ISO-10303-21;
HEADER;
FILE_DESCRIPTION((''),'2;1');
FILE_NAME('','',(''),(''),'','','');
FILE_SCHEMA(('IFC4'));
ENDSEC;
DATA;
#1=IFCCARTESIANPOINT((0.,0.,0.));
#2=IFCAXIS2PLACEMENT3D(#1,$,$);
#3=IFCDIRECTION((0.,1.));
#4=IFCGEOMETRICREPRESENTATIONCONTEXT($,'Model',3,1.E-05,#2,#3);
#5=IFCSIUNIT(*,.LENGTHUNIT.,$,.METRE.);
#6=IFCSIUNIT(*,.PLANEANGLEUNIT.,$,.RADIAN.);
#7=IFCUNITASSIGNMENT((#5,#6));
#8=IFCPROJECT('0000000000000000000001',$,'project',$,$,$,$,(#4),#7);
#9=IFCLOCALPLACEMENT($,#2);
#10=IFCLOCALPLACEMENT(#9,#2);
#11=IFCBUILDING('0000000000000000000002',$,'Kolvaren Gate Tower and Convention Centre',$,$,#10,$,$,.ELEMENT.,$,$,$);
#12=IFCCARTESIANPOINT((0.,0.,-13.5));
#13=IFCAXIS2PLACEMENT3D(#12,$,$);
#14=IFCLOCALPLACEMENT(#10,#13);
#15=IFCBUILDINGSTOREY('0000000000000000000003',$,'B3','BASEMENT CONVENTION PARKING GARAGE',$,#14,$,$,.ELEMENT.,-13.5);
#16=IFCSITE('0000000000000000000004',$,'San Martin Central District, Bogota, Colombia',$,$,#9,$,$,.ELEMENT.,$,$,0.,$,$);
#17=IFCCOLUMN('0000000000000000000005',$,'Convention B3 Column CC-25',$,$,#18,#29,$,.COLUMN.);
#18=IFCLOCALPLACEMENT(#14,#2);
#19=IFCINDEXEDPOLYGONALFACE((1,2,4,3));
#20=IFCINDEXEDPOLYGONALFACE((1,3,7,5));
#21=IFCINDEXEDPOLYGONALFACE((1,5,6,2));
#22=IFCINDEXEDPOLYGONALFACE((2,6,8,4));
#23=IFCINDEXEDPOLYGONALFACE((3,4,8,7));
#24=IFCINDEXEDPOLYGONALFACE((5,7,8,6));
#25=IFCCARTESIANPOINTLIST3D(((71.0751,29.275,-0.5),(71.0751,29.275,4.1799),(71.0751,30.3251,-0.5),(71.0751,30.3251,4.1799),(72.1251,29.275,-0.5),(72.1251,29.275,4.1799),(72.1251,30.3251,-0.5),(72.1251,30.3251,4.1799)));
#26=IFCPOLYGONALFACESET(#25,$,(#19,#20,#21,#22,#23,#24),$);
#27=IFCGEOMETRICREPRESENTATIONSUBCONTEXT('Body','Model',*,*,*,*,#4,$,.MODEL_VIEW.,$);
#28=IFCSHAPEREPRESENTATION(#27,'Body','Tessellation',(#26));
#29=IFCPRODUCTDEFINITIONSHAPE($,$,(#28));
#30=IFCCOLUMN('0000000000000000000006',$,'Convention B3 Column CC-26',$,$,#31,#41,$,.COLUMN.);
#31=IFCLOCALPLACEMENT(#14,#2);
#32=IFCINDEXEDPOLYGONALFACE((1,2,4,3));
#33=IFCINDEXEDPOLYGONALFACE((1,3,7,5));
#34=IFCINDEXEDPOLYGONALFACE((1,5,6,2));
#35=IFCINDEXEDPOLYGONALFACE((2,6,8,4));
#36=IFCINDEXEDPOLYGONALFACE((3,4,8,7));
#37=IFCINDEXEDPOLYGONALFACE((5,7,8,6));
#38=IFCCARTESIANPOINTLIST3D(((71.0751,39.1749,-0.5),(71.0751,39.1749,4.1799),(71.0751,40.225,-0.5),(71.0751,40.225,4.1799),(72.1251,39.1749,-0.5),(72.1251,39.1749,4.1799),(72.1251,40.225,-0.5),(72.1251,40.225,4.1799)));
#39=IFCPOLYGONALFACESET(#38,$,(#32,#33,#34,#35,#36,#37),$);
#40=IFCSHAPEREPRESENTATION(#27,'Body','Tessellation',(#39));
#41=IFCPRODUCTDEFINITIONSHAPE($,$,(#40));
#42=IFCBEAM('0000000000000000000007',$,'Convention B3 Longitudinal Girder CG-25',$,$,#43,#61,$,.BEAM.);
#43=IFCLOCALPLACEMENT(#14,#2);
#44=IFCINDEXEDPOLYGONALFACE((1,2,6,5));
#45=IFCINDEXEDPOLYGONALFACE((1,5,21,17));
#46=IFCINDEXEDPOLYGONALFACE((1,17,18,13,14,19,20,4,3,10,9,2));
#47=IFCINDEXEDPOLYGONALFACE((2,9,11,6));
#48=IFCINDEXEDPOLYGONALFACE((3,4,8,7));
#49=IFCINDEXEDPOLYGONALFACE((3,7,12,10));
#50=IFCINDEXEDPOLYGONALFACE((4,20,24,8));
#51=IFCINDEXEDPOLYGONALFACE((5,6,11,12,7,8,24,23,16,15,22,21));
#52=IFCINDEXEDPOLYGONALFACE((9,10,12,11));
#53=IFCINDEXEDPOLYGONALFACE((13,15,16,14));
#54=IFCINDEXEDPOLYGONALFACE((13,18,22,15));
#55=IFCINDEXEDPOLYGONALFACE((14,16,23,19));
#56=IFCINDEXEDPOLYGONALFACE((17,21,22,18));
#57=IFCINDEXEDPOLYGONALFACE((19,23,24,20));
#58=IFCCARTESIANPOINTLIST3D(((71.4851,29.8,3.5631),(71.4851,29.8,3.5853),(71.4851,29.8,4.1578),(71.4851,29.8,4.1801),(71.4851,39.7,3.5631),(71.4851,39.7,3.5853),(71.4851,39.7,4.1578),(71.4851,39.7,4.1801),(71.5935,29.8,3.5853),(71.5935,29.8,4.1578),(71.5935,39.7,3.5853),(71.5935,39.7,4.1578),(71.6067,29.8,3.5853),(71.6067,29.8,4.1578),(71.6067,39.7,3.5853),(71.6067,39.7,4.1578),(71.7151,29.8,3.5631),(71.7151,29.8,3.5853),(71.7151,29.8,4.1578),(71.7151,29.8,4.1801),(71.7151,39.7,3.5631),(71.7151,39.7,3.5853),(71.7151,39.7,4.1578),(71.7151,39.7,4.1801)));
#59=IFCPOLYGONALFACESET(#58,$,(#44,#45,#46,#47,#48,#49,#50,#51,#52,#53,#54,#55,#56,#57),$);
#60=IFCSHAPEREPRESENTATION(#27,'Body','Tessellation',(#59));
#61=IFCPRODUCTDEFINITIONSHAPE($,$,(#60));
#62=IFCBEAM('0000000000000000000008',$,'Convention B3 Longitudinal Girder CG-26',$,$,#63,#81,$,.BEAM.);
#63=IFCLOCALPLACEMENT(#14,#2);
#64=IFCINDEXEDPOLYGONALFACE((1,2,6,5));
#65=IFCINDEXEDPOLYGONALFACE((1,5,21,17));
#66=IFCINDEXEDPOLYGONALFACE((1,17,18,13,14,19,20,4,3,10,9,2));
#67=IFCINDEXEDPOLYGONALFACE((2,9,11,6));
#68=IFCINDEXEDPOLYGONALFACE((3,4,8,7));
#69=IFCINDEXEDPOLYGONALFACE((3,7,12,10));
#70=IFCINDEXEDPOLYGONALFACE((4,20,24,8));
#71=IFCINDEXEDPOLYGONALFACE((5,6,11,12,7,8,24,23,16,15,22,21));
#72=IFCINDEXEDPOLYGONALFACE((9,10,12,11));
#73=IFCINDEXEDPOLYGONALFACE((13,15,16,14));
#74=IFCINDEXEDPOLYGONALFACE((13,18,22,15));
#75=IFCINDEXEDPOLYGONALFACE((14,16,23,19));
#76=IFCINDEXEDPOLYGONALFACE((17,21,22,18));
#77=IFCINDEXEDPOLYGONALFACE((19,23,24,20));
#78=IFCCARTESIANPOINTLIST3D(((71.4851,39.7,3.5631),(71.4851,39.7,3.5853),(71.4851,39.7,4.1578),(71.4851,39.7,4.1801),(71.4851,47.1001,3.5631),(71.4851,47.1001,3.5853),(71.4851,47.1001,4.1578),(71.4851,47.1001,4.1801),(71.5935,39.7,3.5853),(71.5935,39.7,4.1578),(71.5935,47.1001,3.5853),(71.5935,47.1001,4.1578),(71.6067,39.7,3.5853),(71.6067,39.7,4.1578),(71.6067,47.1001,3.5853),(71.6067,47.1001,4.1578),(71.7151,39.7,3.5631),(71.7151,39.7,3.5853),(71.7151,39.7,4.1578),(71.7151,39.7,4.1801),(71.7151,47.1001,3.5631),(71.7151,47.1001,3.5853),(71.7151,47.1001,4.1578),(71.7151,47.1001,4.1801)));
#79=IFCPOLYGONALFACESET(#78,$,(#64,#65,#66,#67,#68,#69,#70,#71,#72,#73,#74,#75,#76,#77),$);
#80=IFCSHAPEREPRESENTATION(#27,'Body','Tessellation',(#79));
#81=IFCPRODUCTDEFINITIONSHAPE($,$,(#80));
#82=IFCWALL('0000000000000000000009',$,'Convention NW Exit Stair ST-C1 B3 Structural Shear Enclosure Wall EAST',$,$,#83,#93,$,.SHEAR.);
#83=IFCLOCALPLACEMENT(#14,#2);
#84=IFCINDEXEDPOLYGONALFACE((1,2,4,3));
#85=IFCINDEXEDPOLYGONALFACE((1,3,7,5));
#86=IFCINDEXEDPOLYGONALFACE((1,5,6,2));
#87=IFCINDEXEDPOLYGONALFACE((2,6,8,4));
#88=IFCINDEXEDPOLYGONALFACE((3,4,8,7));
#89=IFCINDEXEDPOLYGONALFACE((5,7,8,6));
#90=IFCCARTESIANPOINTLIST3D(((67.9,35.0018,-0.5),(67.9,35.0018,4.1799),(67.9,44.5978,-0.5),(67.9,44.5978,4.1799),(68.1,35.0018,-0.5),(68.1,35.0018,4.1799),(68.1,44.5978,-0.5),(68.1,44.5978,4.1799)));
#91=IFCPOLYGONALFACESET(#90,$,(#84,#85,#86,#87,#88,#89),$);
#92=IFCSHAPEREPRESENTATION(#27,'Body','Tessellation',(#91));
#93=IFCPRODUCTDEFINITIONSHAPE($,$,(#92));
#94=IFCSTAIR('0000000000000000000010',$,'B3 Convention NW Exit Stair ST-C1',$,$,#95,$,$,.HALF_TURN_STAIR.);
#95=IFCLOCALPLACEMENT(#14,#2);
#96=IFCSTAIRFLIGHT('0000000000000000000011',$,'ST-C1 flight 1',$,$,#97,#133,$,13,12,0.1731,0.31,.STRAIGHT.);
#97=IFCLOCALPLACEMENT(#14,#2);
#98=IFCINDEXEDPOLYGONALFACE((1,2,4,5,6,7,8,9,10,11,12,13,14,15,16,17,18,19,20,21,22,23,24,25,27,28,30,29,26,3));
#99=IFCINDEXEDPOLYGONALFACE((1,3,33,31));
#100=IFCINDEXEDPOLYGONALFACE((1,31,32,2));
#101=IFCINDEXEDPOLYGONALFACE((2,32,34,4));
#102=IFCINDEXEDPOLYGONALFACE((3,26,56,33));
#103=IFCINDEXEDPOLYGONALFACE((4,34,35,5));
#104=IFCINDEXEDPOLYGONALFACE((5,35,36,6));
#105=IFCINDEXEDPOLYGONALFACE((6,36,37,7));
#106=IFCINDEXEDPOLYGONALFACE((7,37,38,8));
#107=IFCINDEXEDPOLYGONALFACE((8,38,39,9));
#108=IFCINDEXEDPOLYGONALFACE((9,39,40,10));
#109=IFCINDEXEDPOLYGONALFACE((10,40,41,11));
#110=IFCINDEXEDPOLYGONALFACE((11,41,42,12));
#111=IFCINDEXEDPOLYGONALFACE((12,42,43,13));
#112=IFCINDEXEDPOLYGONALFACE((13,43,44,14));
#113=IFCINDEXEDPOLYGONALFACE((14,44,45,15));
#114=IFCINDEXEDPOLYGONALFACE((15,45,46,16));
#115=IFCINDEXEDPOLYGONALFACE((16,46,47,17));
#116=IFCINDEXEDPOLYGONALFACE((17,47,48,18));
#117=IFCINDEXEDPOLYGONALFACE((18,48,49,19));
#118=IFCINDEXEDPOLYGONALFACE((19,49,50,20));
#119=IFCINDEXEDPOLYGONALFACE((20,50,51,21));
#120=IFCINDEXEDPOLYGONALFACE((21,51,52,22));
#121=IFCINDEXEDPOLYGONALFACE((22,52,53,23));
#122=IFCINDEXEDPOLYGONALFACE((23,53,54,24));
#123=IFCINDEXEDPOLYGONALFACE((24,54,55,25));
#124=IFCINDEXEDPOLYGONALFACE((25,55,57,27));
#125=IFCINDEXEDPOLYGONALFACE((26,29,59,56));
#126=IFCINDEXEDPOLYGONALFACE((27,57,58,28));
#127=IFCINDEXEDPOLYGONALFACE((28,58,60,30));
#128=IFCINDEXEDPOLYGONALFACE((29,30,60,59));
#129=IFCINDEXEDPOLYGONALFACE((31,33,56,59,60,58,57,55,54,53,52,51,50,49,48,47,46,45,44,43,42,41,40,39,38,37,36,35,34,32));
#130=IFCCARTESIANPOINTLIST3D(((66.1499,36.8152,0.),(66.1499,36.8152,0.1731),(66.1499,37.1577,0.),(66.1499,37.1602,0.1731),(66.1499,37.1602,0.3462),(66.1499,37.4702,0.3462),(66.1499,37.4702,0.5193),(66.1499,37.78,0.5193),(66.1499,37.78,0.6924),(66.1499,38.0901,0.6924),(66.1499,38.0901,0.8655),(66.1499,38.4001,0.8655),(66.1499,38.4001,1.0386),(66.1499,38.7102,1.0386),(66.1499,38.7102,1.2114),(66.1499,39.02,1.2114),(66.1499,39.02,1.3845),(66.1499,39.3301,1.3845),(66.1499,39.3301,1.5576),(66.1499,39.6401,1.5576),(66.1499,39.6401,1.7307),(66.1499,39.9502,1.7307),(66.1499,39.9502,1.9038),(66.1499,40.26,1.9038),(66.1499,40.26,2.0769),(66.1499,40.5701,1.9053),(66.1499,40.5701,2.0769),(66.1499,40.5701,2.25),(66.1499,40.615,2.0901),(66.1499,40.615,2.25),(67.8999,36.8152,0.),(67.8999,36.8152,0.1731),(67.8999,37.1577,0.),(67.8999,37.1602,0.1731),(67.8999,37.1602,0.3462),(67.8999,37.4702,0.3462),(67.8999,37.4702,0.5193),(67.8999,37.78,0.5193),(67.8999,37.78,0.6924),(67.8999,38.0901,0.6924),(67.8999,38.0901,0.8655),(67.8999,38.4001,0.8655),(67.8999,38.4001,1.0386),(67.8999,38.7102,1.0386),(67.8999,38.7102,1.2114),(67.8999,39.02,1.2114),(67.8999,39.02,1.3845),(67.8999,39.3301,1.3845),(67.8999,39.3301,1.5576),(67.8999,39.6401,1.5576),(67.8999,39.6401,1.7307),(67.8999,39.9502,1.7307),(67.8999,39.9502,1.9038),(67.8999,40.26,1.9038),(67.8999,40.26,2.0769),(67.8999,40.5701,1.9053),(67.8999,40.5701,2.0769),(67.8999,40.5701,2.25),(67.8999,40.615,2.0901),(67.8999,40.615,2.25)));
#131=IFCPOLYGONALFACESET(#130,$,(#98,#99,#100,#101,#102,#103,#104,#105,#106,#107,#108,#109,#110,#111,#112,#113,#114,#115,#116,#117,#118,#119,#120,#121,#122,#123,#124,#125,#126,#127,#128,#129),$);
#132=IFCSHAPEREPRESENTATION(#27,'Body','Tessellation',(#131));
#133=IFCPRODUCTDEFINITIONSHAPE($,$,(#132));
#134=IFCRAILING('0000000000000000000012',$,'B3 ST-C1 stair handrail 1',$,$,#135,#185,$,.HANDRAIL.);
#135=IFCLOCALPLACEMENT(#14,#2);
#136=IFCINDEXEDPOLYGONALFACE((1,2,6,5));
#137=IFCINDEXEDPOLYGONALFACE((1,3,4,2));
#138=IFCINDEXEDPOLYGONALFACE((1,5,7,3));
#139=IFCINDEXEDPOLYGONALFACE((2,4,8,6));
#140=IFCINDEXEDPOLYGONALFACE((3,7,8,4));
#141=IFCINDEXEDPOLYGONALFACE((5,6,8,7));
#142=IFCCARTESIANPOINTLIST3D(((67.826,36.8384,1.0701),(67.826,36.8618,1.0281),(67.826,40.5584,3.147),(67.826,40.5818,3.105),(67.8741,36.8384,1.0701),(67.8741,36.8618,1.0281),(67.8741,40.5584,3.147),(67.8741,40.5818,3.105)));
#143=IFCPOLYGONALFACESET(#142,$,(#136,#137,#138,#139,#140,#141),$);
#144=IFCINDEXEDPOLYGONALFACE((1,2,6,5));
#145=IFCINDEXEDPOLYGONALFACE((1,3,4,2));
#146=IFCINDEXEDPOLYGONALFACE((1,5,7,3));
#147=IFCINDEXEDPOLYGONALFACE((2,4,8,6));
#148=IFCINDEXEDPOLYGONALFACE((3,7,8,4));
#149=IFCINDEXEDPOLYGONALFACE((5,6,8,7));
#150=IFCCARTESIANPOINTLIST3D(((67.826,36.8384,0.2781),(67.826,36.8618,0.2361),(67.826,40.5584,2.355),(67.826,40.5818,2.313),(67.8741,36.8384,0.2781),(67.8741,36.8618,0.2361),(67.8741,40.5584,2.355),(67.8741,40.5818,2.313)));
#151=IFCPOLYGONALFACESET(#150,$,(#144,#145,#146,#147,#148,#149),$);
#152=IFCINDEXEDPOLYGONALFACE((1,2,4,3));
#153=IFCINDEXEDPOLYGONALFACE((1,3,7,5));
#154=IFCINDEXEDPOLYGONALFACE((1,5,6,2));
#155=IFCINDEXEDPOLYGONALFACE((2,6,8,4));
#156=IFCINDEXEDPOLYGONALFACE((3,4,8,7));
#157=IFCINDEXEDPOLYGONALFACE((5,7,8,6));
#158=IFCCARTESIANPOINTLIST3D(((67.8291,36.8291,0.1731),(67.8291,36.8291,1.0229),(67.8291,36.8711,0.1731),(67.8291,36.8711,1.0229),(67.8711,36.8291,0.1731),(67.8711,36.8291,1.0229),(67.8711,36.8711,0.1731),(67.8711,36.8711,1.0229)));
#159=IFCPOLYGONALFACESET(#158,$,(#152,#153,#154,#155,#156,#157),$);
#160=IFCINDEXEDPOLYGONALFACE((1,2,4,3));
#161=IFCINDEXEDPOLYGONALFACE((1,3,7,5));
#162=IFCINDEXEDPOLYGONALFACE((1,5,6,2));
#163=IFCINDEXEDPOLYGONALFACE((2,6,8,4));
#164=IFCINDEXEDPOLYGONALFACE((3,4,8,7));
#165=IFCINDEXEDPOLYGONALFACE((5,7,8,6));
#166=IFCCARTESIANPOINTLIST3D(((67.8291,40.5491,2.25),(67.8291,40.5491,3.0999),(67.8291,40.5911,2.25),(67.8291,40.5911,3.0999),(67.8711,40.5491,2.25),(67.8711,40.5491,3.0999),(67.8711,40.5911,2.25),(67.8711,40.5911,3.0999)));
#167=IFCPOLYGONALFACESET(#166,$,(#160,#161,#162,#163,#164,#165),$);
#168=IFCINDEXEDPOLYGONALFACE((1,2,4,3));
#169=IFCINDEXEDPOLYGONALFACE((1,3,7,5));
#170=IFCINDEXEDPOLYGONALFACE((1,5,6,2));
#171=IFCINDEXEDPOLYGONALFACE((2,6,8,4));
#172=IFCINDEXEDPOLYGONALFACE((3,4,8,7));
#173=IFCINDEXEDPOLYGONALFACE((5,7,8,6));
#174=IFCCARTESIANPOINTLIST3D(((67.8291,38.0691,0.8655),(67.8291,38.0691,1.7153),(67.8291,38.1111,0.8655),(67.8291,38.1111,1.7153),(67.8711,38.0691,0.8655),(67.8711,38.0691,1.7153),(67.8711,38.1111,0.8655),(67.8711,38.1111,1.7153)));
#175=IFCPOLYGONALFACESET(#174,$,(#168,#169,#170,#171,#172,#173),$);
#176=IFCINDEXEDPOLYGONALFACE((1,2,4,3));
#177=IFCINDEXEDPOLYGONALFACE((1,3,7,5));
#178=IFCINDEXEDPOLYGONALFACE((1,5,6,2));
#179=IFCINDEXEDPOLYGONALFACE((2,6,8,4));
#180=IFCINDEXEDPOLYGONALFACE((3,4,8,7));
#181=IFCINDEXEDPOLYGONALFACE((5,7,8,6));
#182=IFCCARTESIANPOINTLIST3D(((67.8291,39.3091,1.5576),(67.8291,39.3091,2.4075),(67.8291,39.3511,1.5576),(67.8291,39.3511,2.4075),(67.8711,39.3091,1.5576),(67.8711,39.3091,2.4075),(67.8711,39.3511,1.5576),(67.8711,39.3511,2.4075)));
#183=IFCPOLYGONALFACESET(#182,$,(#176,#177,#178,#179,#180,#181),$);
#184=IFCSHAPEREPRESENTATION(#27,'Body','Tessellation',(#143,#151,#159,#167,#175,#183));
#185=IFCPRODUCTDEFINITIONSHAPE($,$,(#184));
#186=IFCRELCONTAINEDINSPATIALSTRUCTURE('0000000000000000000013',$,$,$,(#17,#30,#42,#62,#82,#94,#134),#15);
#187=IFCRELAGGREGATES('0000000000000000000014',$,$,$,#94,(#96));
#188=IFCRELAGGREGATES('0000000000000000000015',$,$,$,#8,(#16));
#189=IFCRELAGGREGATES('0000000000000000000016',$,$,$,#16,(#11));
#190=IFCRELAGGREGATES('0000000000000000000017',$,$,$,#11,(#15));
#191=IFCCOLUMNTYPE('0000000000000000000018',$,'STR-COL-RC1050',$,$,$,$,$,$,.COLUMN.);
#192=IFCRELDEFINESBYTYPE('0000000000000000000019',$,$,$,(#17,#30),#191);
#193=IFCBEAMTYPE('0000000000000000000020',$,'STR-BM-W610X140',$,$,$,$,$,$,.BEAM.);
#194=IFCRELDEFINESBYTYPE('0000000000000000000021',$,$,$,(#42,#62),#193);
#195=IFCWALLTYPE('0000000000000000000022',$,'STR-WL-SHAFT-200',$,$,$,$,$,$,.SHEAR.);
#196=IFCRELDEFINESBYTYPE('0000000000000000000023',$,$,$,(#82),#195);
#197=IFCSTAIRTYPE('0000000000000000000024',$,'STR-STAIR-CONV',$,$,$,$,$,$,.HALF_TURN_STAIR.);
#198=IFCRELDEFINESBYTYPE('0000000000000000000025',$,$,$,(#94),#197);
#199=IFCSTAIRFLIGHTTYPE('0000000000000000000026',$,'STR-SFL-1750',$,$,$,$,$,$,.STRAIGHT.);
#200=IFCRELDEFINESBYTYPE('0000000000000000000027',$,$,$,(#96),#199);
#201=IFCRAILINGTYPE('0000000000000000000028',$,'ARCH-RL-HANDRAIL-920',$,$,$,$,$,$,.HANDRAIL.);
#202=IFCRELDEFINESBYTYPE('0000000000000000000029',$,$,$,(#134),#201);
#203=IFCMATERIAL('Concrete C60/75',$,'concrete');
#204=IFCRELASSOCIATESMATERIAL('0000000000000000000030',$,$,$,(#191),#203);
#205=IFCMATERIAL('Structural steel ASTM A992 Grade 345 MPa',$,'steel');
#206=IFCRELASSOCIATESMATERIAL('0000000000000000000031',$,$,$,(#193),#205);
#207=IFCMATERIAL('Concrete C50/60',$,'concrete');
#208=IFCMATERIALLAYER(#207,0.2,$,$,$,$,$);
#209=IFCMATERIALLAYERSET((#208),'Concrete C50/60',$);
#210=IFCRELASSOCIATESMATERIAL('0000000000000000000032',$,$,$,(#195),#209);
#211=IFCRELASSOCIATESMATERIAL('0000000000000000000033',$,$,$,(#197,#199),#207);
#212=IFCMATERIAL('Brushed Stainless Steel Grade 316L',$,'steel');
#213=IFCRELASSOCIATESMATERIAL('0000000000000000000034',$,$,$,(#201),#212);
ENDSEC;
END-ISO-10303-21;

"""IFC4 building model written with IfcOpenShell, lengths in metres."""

from ifc_helpers import new_model, si_unit, direction, frame, frame_2d, origin, origin_2d, place, context, subcontext, project, spatial, polyline, rectangle, i_section, outline, extrude, material, layer, layer_set, material_profile, profile_set, type_object, element, aggregate, save


model = new_model("IFC4")

# Units and contexts
model_context = context("Model", 3, precision=1e-05, world=origin(), true_north=direction((0.0, 1.0)))
body_context = subcontext(model_context, "Body", "Model", "MODEL_VIEW")
ifc_project = project(units=[si_unit("LENGTHUNIT", "METRE"), si_unit("PLANEANGLEUNIT", "RADIAN")], contexts=[model_context])

# Site, building, storey
site_placement = place(None, origin())
site = spatial("IfcSite", under=ifc_project, at=site_placement, Name="San Martin Central District, Bogota, Colombia", CompositionType="ELEMENT", RefElevation=0.0)
building_placement = place(site_placement, origin())
building = spatial("IfcBuilding", under=site, at=building_placement, Name="Kolvaren Gate Tower and Convention Centre", CompositionType="ELEMENT")
storey_placement = place(building_placement, frame((0.0, 0.0, -13.5)))
storey = spatial("IfcBuildingStorey", under=building, at=storey_placement, Name="B3", Description="BASEMENT CONVENTION PARKING GARAGE", CompositionType="ELEMENT", Elevation=-13.5)

# Shared definitions
ifc_material_1 = material(Name="Concrete C50/60", Category="concrete")
ifc_material_2 = material(Name="Concrete C60/75", Category="concrete")

# Columns
ifc_material_profile_1 = material_profile(ifc_material_2, rectangle(XDim=1.05, YDim=1.05, at=origin_2d()), Name="RC-COL-1050X1050")
ifc_profile_set_1 = profile_set([ifc_material_profile_1], Name="Concrete C60/75")
column_type = type_object("IfcColumnType", Name="STR-COL-RC1050", PredefinedType="COLUMN", material=ifc_profile_set_1)
for number, where, z_axis, x_axis, name in (
    (1, (71.6001, 29.8, -0.5), (0.0, 0.0, 1.0), (1.0, 0.0, 0.0), "Convention B3 Column CC-25"),
    (2, (71.6001, 39.7, -0.5), (0.0, 0.0, 1.0), (1.0, 0.0, 0.0), "Convention B3 Column CC-26"),
):
    element("IfcColumn", number, at=place(storey_placement, frame(where, z_axis=z_axis, x_axis=x_axis)), inside=storey, type_object=column_type, Name=name, PredefinedType="COLUMN", context=body_context, shape_type="SweptSolid", body=[
        extrude(rectangle(XDim=1.05, YDim=1.05, at=origin_2d()), origin(), (0.0, 0.0, 1.0), 4.6799),
    ])

# Beams
ifc_material_3 = material(Name="Structural steel ASTM A992 Grade 345 MPa", Category="steel")
ifc_material_profile_2 = material_profile(ifc_material_3, i_section(OverallWidth=0.23, OverallDepth=0.6169, WebThickness=0.0132, FlangeThickness=0.0222, at=origin_2d()), Name="W610X140")
ifc_profile_set_2 = profile_set([ifc_material_profile_2], Name="Structural steel ASTM A992 Grade 345 MPa")
beam_type = type_object("IfcBeamType", Name="STR-BM-W610X140", PredefinedType="BEAM", material=ifc_profile_set_2)
beam_1_placement = place(storey_placement, frame((71.6001, 29.8, 3.8716), z_axis=(0.0, 1.0, 0.0), x_axis=(-1.0, 0.0, 0.0)))
element("IfcBeam", 3, at=beam_1_placement, inside=storey, type_object=beam_type, Name="Convention B3 Longitudinal Girder CG-25", PredefinedType="BEAM", context=body_context, shape_type="SweptSolid", body=[
    extrude(i_section(OverallWidth=0.23, OverallDepth=0.6169, WebThickness=0.0132, FlangeThickness=0.0222, at=origin_2d()), origin(), (0.0, 0.0, 1.0), 9.8999),
])
beam_2_placement = place(storey_placement, frame((71.6001, 39.7, 3.8716), z_axis=(0.0, 1.0, 0.0), x_axis=(-1.0, 0.0, 0.0)))
element("IfcBeam", 4, at=beam_2_placement, inside=storey, type_object=beam_type, Name="Convention B3 Longitudinal Girder CG-26", PredefinedType="BEAM", context=body_context, shape_type="SweptSolid", body=[
    extrude(i_section(OverallWidth=0.23, OverallDepth=0.6169, WebThickness=0.0132, FlangeThickness=0.0222, at=origin_2d()), origin(), (0.0, 0.0, 1.0), 7.4001),
])

# Wall
ifc_layer = layer(ifc_material_1, 0.2)
ifc_layer_set = layer_set([ifc_layer], Name="Concrete C50/60")
wall_type = type_object("IfcWallType", Name="STR-WL-SHAFT-200", PredefinedType="SHEAR", material=ifc_layer_set)
wall_placement = place(storey_placement, frame((68.0, 35.002, -0.5), z_axis=(0.0, 0.0, 1.0), x_axis=(0.0, 1.0, 0.0)))
element("IfcWall", 5, at=wall_placement, inside=storey, type_object=wall_type, Name="Convention NW Exit Stair ST-C1 B3 Structural Shear Enclosure Wall EAST", PredefinedType="SHEAR", context=body_context, shape_type="SweptSolid", body=[
    extrude(rectangle(XDim=9.5959, YDim=0.2, at=frame_2d((4.7979, 0.0))), origin(), (0.0, 0.0, 1.0), 4.6799),
])

# Stair, stair flight
stair_type = type_object("IfcStairType", Name="STR-STAIR-CONV", PredefinedType="HALF_TURN_STAIR", material=ifc_material_1)
stair_placement = place(storey_placement, origin())
stair = element("IfcStair", 6, at=stair_placement, inside=storey, type_object=stair_type, Name="B3 Convention NW Exit Stair ST-C1", PredefinedType="HALF_TURN_STAIR")
stair_flight_type = type_object("IfcStairFlightType", Name="STR-SFL-1750", PredefinedType="STRAIGHT", material=ifc_material_1)
stair_flight_placement = place(storey_placement, frame((67.0249, 36.8501, 0.0), z_axis=(0.0, 0.0, 1.0), x_axis=(0.0, 1.0, 0.0)))
stair_flight = element("IfcStairFlight", 7, at=stair_flight_placement, type_object=stair_flight_type, Name="ST-C1 flight 1", NumberOfRisers=13, NumberOfTreads=12, PredefinedType="STRAIGHT", RiserHeight=0.1731, TreadLength=0.31, context=body_context, shape_type="SweptSolid", body=[
    extrude(outline(polyline([(-0.0349, 0.0), (-0.0349, 0.1731), (0.3101, 0.1731), (0.3101, 0.3462), (0.6201, 0.3462), (0.6201, 0.5193), (0.9299, 0.5193), (0.9299, 0.6924), (1.24, 0.6924), (1.24, 0.8655), (1.55, 0.8655), (1.55, 1.0386), (1.8601, 1.0386), (1.8601, 1.2114), (2.1699, 1.2114), (2.1699, 1.3845), (2.48, 1.3845), (2.48, 1.5576), (2.79, 1.5576), (2.79, 1.7307), (3.1001, 1.7307), (3.1001, 1.9038), (3.4099, 1.9038), (3.4099, 2.0769), (3.72, 2.0769), (3.72, 2.25), (3.7649, 2.25), (3.7649, 2.0901), (3.72, 1.9053), (0.3076, 0.0), (-0.0349, 0.0)])), frame((0.0, 0.875, 0.0), z_axis=(0.0, -1.0, 0.0), x_axis=(1.0, 0.0, 0.0)), (0.0, 0.0, 1.0), 1.75),
])
aggregate(stair, [stair_flight])

# Railing
ifc_material_4 = material(Name="Brushed Stainless Steel Grade 316L", Category="steel")
railing_type = type_object("IfcRailingType", Name="ARCH-RL-HANDRAIL-920", PredefinedType="HANDRAIL", material=ifc_material_4)
railing_placement = place(storey_placement, frame((67.8501, 36.8501, 0.1731)))
element("IfcRailing", 8, at=railing_placement, inside=storey, type_object=railing_type, Name="B3 ST-C1 stair handrail 1", PredefinedType="HANDRAIL", context=body_context, shape_type="SweptSolid", body=[
    extrude(rectangle(XDim=0.0481, YDim=0.0481, at=origin_2d()), frame((0.0, 0.0, 0.876), z_axis=(0.0, 0.873134, 0.487481), x_axis=(-1.0, 0.0, 0.0)), (0.0, 0.0, 1.0), 4.2605),
    extrude(rectangle(XDim=0.0481, YDim=0.0481, at=origin_2d()), frame((0.0, 0.0, 0.084), z_axis=(0.0, 0.873134, 0.487481), x_axis=(-1.0, 0.0, 0.0)), (0.0, 0.0, 1.0), 4.2605),
    extrude(rectangle(XDim=0.042, YDim=0.042, at=origin_2d()), origin(), (0.0, 0.0, 1.0), 0.8499),
    extrude(rectangle(XDim=0.042, YDim=0.042, at=origin_2d()), frame((0.0, 3.72, 2.0769)), (0.0, 0.0, 1.0), 0.8499),
    extrude(rectangle(XDim=0.042, YDim=0.042, at=origin_2d()), frame((0.0, 1.24, 0.6924)), (0.0, 0.0, 1.0), 0.8499),
    extrude(rectangle(XDim=0.042, YDim=0.042, at=origin_2d()), frame((0.0, 2.48, 1.3845)), (0.0, 0.0, 1.0), 0.8499),
])

save(model, "model.ifc")
